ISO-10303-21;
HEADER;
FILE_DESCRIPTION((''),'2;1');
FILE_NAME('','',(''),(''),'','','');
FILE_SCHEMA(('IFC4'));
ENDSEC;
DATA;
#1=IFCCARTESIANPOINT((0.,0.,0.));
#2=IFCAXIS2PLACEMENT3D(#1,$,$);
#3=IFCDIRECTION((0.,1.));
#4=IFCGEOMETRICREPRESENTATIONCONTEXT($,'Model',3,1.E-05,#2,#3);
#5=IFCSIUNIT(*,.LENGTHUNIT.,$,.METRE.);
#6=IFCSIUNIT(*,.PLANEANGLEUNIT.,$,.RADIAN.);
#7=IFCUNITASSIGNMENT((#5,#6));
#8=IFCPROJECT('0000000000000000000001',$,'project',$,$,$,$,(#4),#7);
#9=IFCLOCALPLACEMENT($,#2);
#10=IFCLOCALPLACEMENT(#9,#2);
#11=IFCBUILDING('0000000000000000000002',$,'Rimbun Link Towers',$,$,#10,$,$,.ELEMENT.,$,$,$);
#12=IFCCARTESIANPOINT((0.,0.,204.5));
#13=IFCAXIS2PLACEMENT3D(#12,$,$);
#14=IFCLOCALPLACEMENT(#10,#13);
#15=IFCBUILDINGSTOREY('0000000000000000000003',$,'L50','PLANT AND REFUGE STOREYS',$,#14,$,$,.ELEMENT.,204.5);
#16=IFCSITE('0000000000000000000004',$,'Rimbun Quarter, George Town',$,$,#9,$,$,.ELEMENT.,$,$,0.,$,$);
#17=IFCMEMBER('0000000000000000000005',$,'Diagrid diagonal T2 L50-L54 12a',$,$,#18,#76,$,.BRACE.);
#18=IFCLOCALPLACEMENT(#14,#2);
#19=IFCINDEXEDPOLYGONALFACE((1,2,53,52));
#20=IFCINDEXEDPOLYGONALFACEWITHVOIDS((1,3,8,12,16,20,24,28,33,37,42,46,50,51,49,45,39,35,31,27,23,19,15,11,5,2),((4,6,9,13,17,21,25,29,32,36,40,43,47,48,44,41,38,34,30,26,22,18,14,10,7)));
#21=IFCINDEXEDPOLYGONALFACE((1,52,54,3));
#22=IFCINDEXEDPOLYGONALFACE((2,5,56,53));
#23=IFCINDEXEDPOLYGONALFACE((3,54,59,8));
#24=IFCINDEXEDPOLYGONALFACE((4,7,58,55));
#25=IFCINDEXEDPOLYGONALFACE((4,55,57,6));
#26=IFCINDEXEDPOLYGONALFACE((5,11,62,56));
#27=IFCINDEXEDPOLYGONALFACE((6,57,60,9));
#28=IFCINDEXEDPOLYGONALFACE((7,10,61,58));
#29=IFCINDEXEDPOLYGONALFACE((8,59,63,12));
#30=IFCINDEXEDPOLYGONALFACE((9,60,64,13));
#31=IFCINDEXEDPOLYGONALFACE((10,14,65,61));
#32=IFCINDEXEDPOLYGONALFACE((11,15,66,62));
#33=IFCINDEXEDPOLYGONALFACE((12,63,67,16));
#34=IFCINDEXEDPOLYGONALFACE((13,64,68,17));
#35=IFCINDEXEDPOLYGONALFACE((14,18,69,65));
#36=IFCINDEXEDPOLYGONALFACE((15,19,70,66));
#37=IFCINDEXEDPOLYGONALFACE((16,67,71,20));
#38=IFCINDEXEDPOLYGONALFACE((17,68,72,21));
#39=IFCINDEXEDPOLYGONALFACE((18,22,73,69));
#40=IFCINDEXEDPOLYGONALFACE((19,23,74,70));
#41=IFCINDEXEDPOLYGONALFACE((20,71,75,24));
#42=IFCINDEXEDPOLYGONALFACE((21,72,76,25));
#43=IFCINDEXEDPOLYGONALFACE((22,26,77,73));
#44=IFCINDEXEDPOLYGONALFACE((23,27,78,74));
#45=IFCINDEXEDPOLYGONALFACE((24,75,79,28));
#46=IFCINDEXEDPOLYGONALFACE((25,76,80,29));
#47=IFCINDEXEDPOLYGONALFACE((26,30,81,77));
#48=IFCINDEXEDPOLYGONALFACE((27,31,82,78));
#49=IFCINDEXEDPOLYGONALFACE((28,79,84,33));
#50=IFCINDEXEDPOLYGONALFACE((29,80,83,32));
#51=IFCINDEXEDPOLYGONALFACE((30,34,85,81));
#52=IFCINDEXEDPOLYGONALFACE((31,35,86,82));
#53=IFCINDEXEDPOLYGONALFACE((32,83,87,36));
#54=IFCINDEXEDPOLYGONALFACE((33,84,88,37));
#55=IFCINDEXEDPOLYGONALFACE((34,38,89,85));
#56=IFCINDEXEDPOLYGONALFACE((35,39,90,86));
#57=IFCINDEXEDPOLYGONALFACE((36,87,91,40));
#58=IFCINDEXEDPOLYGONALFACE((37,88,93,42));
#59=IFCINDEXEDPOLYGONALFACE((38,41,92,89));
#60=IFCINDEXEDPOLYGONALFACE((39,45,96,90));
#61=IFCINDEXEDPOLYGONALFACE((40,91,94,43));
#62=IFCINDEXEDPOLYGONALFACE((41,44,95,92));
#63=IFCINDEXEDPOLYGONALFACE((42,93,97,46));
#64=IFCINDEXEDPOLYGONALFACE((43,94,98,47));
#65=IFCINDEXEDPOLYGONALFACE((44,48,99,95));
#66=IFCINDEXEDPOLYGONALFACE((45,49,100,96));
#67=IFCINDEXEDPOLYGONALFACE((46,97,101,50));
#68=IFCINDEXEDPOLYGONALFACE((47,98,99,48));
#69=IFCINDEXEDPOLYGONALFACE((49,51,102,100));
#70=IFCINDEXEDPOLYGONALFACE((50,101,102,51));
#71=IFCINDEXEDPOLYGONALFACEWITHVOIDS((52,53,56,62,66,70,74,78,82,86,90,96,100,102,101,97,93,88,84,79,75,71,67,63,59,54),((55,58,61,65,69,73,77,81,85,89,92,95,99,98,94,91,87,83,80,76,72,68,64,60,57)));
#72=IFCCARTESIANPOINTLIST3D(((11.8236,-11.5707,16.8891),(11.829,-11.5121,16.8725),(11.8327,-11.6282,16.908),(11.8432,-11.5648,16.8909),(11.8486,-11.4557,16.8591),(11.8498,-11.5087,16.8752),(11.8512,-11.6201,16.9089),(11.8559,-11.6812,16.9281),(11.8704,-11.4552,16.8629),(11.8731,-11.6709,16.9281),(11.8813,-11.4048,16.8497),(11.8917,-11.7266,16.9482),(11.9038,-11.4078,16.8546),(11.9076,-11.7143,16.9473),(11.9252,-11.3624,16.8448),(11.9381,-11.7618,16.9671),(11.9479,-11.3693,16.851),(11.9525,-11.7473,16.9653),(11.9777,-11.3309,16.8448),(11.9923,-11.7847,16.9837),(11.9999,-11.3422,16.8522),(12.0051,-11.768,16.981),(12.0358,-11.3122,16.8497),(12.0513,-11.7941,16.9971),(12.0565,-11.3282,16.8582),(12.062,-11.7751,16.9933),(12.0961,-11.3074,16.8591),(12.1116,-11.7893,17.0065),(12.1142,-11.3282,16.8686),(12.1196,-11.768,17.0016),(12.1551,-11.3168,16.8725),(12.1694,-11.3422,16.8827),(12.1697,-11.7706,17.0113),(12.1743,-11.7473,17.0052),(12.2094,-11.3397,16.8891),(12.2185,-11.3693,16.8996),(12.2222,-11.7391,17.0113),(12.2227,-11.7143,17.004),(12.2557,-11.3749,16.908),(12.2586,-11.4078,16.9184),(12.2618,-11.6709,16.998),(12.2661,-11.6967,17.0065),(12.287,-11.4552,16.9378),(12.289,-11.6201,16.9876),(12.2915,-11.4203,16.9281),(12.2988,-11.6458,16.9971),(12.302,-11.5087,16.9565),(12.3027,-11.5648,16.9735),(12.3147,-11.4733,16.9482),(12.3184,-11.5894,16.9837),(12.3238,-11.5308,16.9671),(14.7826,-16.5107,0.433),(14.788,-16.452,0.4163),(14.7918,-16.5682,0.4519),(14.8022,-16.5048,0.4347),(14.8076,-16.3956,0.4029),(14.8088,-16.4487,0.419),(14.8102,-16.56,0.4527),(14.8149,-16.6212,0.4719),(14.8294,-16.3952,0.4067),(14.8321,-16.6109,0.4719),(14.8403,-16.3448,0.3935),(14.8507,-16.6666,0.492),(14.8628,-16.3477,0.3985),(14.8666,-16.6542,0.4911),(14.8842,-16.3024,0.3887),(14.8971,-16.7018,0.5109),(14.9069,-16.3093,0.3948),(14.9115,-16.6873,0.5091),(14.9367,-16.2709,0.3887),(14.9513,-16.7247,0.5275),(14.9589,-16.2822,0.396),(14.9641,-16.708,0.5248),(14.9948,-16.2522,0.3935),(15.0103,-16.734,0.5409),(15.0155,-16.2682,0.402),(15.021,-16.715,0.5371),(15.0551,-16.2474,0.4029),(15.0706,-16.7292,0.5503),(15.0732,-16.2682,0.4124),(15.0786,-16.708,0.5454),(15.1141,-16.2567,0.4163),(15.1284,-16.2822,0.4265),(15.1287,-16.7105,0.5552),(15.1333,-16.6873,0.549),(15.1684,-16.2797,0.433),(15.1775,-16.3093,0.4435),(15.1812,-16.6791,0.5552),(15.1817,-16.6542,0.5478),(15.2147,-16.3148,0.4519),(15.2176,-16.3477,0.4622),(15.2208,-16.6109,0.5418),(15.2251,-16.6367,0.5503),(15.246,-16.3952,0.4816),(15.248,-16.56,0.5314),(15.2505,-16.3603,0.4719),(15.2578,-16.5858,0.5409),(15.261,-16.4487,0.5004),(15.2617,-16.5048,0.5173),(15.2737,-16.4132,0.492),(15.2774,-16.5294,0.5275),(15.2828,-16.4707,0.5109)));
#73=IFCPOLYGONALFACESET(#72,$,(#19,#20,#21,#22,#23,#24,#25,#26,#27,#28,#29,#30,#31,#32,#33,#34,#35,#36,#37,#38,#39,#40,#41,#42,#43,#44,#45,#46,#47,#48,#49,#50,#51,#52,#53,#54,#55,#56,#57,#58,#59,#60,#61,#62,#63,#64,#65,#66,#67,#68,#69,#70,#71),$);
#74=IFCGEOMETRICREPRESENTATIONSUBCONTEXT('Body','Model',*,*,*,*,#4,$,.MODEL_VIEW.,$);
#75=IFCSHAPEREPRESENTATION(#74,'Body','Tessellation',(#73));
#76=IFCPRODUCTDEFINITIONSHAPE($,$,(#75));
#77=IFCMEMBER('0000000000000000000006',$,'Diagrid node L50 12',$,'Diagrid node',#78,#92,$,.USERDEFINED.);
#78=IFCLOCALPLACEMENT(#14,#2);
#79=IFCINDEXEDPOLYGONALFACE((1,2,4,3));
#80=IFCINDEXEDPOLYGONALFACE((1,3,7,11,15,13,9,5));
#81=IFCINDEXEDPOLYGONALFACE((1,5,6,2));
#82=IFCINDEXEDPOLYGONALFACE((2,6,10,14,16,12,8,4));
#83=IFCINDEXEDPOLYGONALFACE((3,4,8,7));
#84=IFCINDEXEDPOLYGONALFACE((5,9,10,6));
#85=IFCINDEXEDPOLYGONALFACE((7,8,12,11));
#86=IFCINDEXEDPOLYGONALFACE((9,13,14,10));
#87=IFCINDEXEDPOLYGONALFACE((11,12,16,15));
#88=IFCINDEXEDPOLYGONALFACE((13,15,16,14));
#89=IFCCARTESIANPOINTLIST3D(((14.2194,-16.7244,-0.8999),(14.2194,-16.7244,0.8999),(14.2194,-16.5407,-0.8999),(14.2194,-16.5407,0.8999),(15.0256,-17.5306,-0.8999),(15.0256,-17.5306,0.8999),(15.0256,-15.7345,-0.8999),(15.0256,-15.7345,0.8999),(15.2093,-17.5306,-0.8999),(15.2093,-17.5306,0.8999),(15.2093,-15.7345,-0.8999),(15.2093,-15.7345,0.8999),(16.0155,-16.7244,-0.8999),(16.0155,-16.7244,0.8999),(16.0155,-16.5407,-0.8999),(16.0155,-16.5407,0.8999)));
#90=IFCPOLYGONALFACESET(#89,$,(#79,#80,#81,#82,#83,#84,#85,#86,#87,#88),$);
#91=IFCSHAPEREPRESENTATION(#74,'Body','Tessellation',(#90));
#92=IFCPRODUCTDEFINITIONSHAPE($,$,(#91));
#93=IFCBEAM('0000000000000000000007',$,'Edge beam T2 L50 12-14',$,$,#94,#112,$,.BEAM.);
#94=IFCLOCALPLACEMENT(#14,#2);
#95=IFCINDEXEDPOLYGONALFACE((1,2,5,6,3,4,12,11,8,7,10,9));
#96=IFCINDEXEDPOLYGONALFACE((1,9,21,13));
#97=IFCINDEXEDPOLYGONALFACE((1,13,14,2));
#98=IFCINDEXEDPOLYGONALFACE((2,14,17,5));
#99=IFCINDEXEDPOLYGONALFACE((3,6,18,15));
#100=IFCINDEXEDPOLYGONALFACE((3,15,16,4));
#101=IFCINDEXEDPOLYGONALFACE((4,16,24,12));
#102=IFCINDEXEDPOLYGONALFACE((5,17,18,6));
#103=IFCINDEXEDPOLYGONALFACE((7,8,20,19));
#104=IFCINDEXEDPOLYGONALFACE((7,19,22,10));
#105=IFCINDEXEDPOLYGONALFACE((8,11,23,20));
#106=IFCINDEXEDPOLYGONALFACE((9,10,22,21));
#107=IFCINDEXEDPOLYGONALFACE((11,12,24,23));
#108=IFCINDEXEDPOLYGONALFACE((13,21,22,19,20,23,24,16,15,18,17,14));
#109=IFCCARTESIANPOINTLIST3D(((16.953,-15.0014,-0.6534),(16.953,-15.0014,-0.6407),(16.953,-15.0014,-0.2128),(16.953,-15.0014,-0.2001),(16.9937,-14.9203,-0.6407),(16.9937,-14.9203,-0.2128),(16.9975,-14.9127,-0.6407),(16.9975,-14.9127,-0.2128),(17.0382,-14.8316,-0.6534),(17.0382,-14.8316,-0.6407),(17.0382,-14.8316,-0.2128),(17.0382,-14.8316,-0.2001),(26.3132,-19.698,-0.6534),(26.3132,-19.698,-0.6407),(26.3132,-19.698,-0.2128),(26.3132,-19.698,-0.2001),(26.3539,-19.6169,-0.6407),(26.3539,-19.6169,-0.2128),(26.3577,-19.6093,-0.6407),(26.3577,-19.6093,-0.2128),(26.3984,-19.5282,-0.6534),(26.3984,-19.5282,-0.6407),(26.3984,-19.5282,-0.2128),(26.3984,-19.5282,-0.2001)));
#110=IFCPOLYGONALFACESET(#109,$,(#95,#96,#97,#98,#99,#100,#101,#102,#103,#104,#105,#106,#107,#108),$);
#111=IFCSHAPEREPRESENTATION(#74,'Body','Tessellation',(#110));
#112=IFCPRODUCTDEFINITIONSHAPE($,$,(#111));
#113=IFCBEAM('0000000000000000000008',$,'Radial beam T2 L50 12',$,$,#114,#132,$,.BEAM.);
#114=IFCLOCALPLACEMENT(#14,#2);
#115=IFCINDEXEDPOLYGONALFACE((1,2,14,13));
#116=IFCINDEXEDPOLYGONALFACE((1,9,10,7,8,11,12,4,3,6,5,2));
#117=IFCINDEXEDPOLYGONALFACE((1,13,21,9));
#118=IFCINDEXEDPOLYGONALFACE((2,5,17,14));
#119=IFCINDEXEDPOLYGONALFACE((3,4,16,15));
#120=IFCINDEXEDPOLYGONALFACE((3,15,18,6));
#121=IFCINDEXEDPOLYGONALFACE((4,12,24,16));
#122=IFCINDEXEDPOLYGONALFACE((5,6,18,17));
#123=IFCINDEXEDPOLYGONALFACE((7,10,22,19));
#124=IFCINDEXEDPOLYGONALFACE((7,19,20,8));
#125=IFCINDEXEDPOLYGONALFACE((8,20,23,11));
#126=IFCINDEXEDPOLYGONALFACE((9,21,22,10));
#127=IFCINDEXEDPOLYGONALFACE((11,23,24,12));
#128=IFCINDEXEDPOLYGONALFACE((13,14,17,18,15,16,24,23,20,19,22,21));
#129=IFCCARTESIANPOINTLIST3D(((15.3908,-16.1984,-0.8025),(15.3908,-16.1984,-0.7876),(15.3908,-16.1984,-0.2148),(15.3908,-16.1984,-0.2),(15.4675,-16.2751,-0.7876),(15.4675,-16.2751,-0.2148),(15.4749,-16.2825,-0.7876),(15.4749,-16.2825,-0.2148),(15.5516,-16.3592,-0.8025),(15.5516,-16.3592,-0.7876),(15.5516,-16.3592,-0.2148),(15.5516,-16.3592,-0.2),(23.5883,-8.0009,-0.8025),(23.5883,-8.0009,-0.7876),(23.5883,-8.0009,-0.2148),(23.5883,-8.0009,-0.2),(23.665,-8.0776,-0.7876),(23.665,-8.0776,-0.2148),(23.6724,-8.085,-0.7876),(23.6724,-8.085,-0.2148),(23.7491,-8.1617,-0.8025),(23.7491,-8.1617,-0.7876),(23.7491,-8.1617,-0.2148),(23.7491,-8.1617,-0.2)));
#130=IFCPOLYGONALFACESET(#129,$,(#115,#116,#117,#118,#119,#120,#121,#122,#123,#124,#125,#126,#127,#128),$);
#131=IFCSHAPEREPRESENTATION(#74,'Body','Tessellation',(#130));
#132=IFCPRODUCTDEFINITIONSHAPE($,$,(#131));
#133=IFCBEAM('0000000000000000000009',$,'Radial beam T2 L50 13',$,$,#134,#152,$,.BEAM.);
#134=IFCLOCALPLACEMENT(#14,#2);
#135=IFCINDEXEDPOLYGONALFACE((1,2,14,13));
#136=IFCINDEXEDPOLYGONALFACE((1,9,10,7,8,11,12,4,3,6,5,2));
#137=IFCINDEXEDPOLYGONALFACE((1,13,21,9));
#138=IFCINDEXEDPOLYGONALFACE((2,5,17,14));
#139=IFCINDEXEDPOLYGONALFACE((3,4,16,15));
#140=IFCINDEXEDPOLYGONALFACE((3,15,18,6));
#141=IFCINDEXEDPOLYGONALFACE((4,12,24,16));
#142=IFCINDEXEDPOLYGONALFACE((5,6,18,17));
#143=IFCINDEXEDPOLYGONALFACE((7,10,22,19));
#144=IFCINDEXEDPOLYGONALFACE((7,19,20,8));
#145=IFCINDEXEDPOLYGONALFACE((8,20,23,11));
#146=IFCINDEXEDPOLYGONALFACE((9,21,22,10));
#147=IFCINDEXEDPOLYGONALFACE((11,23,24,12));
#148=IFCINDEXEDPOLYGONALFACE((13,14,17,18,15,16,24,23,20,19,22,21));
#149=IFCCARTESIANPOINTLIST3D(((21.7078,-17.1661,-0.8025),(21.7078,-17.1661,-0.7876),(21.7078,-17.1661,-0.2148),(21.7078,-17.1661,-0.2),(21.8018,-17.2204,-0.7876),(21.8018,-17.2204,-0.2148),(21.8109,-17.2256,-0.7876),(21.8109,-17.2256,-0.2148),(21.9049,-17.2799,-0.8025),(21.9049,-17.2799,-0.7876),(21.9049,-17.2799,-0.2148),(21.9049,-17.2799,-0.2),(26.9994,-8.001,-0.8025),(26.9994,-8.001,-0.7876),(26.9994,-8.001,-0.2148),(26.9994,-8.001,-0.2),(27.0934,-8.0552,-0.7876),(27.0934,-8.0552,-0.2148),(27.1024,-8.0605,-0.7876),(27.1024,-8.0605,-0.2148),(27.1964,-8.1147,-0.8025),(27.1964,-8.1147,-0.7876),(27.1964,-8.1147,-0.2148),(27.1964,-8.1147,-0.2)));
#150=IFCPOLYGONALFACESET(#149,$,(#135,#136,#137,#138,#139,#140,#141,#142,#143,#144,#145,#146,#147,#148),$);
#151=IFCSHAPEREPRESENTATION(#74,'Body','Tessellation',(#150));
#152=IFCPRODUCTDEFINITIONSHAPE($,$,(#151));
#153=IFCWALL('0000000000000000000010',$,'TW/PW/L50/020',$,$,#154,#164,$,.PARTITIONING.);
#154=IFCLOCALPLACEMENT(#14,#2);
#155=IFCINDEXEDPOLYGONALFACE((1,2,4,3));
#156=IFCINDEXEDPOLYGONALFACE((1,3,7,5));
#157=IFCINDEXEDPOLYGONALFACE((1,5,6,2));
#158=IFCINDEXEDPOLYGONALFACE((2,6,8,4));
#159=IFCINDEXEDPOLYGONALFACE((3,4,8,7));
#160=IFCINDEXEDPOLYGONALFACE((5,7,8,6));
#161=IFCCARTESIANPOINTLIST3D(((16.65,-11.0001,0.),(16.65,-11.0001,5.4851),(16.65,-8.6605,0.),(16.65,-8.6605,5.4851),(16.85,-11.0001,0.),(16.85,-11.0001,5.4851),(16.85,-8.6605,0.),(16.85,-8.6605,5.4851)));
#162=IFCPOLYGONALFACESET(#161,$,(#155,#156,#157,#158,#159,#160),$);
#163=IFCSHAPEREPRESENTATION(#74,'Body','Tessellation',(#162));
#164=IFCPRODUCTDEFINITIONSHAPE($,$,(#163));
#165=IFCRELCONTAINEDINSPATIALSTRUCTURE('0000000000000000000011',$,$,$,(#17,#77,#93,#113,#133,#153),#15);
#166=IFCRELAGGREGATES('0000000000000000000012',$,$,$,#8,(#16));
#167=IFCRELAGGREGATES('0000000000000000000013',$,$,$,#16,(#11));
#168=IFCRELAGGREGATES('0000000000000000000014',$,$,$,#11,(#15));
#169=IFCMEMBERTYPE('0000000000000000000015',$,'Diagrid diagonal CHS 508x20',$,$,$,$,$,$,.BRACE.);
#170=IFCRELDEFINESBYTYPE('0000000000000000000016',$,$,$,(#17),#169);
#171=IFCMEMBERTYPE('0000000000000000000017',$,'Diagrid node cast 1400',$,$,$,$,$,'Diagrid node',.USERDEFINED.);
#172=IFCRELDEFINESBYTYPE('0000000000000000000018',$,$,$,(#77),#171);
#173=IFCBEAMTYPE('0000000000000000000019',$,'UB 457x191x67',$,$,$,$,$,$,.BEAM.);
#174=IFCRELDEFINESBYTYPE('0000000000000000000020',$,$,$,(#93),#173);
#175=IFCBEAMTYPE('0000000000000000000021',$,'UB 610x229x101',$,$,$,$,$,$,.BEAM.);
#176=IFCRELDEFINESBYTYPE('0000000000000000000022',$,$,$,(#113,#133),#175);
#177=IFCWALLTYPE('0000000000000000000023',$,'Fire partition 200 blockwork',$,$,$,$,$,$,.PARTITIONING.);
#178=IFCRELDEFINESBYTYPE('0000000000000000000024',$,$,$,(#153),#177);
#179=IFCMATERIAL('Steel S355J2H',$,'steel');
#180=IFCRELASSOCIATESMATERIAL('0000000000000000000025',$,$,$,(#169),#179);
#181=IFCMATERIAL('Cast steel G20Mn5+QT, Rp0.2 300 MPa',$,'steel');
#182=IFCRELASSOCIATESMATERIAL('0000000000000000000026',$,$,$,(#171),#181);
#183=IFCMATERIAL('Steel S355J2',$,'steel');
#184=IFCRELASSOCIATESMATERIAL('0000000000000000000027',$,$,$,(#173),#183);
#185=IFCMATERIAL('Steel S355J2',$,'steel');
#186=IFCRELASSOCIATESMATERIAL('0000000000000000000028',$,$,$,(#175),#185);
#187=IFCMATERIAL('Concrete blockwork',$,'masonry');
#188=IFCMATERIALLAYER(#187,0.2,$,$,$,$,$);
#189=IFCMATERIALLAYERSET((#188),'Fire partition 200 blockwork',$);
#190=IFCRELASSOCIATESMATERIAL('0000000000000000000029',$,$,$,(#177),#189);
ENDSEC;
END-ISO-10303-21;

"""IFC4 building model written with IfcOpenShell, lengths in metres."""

from ifc_helpers import new_model, si_unit, direction, frame, frame_2d, origin, origin_2d, place, context, subcontext, project, spatial, polyline, rectangle, hollow_circle, i_section, outline, extrude, material, layer, layer_set, material_profile, profile_set, type_object, element, save


model = new_model("IFC4")

# Units and contexts
model_context = context("Model", 3, precision=1e-05, world=origin(), true_north=direction((0.0, 1.0)))
body_context = subcontext(model_context, "Body", "Model", "MODEL_VIEW")
ifc_project = project(units=[si_unit("LENGTHUNIT", "METRE"), si_unit("PLANEANGLEUNIT", "RADIAN")], contexts=[model_context])

# Site, building, storey
site_placement = place(None, origin())
site = spatial("IfcSite", under=ifc_project, at=site_placement, Name="Rimbun Quarter, George Town", CompositionType="ELEMENT", RefElevation=0.0)
building_placement = place(site_placement, origin())
building = spatial("IfcBuilding", under=site, at=building_placement, Name="Rimbun Link Towers", CompositionType="ELEMENT")
storey_placement = place(building_placement, frame((0.0, 0.0, 204.5)))
storey = spatial("IfcBuildingStorey", under=building, at=storey_placement, Name="L50", Description="PLANT AND REFUGE STOREYS", CompositionType="ELEMENT", Elevation=204.5)

# Members
ifc_material_1 = material(Name="Steel S355J2H", Category="steel")
ifc_material_profile_1 = material_profile(ifc_material_1, hollow_circle(Radius=0.2539, WallThickness=0.02, at=origin_2d()), Name="Diagrid diagonal CHS 508x20")
ifc_profile_set_1 = profile_set([ifc_material_profile_1], Name="Steel S355J2H")
member_type_1 = type_object("IfcMemberType", Name="Diagrid diagonal CHS 508x20", PredefinedType="BRACE", material=ifc_profile_set_1)
member_1_placement = place(storey_placement, frame((15.0327, -16.4907, 0.4719), z_axis=(-0.16972, 0.283344, 0.943881), x_axis=(-0.857874, -0.51386, 0.0)))
element("IfcMember", 1, at=member_1_placement, inside=storey, type_object=member_type_1, Name="Diagrid diagonal T2 L50-L54 12a", PredefinedType="BRACE", context=body_context, shape_type="SweptSolid", body=[
    extrude(hollow_circle(Radius=0.2539, WallThickness=0.02, at=origin_2d()), origin(), (0.0, 0.0, 1.0), 17.4346),
])
ifc_material_2 = material(Name="Cast steel G20Mn5+QT, Rp0.2 300 MPa", Category="steel")
ifc_material_profile_2 = material_profile(ifc_material_2, outline(polyline([(0.7, -0.5701), (0.7, 0.5701), (0.5701, 0.7), (-0.5701, 0.7), (-0.7, 0.5701), (-0.7, -0.5701), (-0.5701, -0.7), (0.5701, -0.7), (0.7, -0.5701)])), Name="NODE 1400x1400")
ifc_profile_set_2 = profile_set([ifc_material_profile_2], Name="Cast steel G20Mn5+QT, Rp0.2 300 MPa")
member_type_2 = type_object("IfcMemberType", Name="Diagrid node cast 1400", ElementType="Diagrid node", PredefinedType="USERDEFINED", material=ifc_profile_set_2)
member_2_placement = place(storey_placement, frame((15.1174, -16.6326, -0.8999), z_axis=(0.0, 0.0, 1.0), x_axis=(-0.707107, -0.707107, 0.0)))
element("IfcMember", 2, at=member_2_placement, inside=storey, type_object=member_type_2, Name="Diagrid node L50 12", ObjectType="Diagrid node", PredefinedType="USERDEFINED", context=body_context, shape_type="SweptSolid", body=[
    extrude(outline(polyline([(0.7, -0.5701), (0.7, 0.5701), (0.5701, 0.7), (-0.5701, 0.7), (-0.7, 0.5701), (-0.7, -0.5701), (-0.5701, -0.7), (0.5701, -0.7), (0.7, -0.5701)])), origin(), (0.0, 0.0, 1.0), 1.7998),
])

# Beams
ifc_material_3 = material(Name="Steel S355J2", Category="steel")
ifc_material_profile_3 = material_profile(ifc_material_3, i_section(OverallWidth=0.1899, OverallDepth=0.4534, WebThickness=0.0085, FlangeThickness=0.0127, at=origin_2d()), Name="UB 457x191x67")
ifc_profile_set_3 = profile_set([ifc_material_profile_3], Name="Steel S355J2")
beam_type_1 = type_object("IfcBeamType", Name="UB 457x191x67", PredefinedType="BEAM", material=ifc_profile_set_3)
beam_1_placement = place(storey_placement, frame((16.9956, -14.9165, -0.4268), z_axis=(0.893797, -0.448472, 0.0), x_axis=(0.448472, 0.893797, 0.0)))
element("IfcBeam", 3, at=beam_1_placement, inside=storey, type_object=beam_type_1, Name="Edge beam T2 L50 12-14", PredefinedType="BEAM", context=body_context, shape_type="SweptSolid", body=[
    extrude(i_section(OverallWidth=0.1899, OverallDepth=0.4534, WebThickness=0.0085, FlangeThickness=0.0127, at=origin_2d()), origin(), (0.0, 0.0, 1.0), 10.4724),
])
ifc_material_4 = material(Name="Steel S355J2", Category="steel")
ifc_material_profile_4 = material_profile(ifc_material_4, i_section(OverallWidth=0.2275, OverallDepth=0.6025, WebThickness=0.0105, FlangeThickness=0.0149, at=origin_2d()), Name="UB 610x229x101")
ifc_profile_set_4 = profile_set([ifc_material_profile_4], Name="Steel S355J2")
beam_type_2 = type_object("IfcBeamType", Name="UB 610x229x101", PredefinedType="BEAM", material=ifc_profile_set_4)
beam_2_placement = place(storey_placement, frame((23.6687, -8.0813, -0.5012), z_axis=(-0.707107, -0.707107, 0.0), x_axis=(0.707107, -0.707107, 0.0)))
element("IfcBeam", 4, at=beam_2_placement, inside=storey, type_object=beam_type_2, Name="Radial beam T2 L50 12", PredefinedType="BEAM", context=body_context, shape_type="SweptSolid", body=[
    extrude(i_section(OverallWidth=0.2275, OverallDepth=0.6025, WebThickness=0.0105, FlangeThickness=0.0149, at=origin_2d()), origin(), (0.0, 0.0, 1.0), 11.593),
])
beam_3_placement = place(storey_placement, frame((27.0979, -8.0579, -0.5012), z_axis=(-0.500005, -0.866023, 0.0), x_axis=(0.866023, -0.500005, 0.0)))
element("IfcBeam", 5, at=beam_3_placement, inside=storey, type_object=beam_type_2, Name="Radial beam T2 L50 13", PredefinedType="BEAM", context=body_context, shape_type="SweptSolid", body=[
    extrude(i_section(OverallWidth=0.2275, OverallDepth=0.6025, WebThickness=0.0105, FlangeThickness=0.0149, at=origin_2d()), origin(), (0.0, 0.0, 1.0), 10.583),
])

# Wall
ifc_material_5 = material(Name="Concrete blockwork", Category="masonry")
ifc_layer = layer(ifc_material_5, 0.2)
ifc_layer_set = layer_set([ifc_layer], Name="Fire partition 200 blockwork")
wall_type = type_object("IfcWallType", Name="Fire partition 200 blockwork", PredefinedType="PARTITIONING", material=ifc_layer_set)
wall_1_placement = place(storey_placement, frame((16.75, -8.6604, 0.0), z_axis=(0.0, 0.0, 1.0), x_axis=(0.0, -1.0, 0.0)))
element("IfcWall", 6, at=wall_1_placement, inside=storey, type_object=wall_type, Name="TW/PW/L50/020", PredefinedType="PARTITIONING", context=body_context, shape_type="SweptSolid", body=[
    extrude(rectangle(XDim=2.3396, YDim=0.2, at=frame_2d((1.1699, 0.0))), origin(), (0.0, 0.0, 1.0), 5.4851),
])

save(model, "model.ifc")
